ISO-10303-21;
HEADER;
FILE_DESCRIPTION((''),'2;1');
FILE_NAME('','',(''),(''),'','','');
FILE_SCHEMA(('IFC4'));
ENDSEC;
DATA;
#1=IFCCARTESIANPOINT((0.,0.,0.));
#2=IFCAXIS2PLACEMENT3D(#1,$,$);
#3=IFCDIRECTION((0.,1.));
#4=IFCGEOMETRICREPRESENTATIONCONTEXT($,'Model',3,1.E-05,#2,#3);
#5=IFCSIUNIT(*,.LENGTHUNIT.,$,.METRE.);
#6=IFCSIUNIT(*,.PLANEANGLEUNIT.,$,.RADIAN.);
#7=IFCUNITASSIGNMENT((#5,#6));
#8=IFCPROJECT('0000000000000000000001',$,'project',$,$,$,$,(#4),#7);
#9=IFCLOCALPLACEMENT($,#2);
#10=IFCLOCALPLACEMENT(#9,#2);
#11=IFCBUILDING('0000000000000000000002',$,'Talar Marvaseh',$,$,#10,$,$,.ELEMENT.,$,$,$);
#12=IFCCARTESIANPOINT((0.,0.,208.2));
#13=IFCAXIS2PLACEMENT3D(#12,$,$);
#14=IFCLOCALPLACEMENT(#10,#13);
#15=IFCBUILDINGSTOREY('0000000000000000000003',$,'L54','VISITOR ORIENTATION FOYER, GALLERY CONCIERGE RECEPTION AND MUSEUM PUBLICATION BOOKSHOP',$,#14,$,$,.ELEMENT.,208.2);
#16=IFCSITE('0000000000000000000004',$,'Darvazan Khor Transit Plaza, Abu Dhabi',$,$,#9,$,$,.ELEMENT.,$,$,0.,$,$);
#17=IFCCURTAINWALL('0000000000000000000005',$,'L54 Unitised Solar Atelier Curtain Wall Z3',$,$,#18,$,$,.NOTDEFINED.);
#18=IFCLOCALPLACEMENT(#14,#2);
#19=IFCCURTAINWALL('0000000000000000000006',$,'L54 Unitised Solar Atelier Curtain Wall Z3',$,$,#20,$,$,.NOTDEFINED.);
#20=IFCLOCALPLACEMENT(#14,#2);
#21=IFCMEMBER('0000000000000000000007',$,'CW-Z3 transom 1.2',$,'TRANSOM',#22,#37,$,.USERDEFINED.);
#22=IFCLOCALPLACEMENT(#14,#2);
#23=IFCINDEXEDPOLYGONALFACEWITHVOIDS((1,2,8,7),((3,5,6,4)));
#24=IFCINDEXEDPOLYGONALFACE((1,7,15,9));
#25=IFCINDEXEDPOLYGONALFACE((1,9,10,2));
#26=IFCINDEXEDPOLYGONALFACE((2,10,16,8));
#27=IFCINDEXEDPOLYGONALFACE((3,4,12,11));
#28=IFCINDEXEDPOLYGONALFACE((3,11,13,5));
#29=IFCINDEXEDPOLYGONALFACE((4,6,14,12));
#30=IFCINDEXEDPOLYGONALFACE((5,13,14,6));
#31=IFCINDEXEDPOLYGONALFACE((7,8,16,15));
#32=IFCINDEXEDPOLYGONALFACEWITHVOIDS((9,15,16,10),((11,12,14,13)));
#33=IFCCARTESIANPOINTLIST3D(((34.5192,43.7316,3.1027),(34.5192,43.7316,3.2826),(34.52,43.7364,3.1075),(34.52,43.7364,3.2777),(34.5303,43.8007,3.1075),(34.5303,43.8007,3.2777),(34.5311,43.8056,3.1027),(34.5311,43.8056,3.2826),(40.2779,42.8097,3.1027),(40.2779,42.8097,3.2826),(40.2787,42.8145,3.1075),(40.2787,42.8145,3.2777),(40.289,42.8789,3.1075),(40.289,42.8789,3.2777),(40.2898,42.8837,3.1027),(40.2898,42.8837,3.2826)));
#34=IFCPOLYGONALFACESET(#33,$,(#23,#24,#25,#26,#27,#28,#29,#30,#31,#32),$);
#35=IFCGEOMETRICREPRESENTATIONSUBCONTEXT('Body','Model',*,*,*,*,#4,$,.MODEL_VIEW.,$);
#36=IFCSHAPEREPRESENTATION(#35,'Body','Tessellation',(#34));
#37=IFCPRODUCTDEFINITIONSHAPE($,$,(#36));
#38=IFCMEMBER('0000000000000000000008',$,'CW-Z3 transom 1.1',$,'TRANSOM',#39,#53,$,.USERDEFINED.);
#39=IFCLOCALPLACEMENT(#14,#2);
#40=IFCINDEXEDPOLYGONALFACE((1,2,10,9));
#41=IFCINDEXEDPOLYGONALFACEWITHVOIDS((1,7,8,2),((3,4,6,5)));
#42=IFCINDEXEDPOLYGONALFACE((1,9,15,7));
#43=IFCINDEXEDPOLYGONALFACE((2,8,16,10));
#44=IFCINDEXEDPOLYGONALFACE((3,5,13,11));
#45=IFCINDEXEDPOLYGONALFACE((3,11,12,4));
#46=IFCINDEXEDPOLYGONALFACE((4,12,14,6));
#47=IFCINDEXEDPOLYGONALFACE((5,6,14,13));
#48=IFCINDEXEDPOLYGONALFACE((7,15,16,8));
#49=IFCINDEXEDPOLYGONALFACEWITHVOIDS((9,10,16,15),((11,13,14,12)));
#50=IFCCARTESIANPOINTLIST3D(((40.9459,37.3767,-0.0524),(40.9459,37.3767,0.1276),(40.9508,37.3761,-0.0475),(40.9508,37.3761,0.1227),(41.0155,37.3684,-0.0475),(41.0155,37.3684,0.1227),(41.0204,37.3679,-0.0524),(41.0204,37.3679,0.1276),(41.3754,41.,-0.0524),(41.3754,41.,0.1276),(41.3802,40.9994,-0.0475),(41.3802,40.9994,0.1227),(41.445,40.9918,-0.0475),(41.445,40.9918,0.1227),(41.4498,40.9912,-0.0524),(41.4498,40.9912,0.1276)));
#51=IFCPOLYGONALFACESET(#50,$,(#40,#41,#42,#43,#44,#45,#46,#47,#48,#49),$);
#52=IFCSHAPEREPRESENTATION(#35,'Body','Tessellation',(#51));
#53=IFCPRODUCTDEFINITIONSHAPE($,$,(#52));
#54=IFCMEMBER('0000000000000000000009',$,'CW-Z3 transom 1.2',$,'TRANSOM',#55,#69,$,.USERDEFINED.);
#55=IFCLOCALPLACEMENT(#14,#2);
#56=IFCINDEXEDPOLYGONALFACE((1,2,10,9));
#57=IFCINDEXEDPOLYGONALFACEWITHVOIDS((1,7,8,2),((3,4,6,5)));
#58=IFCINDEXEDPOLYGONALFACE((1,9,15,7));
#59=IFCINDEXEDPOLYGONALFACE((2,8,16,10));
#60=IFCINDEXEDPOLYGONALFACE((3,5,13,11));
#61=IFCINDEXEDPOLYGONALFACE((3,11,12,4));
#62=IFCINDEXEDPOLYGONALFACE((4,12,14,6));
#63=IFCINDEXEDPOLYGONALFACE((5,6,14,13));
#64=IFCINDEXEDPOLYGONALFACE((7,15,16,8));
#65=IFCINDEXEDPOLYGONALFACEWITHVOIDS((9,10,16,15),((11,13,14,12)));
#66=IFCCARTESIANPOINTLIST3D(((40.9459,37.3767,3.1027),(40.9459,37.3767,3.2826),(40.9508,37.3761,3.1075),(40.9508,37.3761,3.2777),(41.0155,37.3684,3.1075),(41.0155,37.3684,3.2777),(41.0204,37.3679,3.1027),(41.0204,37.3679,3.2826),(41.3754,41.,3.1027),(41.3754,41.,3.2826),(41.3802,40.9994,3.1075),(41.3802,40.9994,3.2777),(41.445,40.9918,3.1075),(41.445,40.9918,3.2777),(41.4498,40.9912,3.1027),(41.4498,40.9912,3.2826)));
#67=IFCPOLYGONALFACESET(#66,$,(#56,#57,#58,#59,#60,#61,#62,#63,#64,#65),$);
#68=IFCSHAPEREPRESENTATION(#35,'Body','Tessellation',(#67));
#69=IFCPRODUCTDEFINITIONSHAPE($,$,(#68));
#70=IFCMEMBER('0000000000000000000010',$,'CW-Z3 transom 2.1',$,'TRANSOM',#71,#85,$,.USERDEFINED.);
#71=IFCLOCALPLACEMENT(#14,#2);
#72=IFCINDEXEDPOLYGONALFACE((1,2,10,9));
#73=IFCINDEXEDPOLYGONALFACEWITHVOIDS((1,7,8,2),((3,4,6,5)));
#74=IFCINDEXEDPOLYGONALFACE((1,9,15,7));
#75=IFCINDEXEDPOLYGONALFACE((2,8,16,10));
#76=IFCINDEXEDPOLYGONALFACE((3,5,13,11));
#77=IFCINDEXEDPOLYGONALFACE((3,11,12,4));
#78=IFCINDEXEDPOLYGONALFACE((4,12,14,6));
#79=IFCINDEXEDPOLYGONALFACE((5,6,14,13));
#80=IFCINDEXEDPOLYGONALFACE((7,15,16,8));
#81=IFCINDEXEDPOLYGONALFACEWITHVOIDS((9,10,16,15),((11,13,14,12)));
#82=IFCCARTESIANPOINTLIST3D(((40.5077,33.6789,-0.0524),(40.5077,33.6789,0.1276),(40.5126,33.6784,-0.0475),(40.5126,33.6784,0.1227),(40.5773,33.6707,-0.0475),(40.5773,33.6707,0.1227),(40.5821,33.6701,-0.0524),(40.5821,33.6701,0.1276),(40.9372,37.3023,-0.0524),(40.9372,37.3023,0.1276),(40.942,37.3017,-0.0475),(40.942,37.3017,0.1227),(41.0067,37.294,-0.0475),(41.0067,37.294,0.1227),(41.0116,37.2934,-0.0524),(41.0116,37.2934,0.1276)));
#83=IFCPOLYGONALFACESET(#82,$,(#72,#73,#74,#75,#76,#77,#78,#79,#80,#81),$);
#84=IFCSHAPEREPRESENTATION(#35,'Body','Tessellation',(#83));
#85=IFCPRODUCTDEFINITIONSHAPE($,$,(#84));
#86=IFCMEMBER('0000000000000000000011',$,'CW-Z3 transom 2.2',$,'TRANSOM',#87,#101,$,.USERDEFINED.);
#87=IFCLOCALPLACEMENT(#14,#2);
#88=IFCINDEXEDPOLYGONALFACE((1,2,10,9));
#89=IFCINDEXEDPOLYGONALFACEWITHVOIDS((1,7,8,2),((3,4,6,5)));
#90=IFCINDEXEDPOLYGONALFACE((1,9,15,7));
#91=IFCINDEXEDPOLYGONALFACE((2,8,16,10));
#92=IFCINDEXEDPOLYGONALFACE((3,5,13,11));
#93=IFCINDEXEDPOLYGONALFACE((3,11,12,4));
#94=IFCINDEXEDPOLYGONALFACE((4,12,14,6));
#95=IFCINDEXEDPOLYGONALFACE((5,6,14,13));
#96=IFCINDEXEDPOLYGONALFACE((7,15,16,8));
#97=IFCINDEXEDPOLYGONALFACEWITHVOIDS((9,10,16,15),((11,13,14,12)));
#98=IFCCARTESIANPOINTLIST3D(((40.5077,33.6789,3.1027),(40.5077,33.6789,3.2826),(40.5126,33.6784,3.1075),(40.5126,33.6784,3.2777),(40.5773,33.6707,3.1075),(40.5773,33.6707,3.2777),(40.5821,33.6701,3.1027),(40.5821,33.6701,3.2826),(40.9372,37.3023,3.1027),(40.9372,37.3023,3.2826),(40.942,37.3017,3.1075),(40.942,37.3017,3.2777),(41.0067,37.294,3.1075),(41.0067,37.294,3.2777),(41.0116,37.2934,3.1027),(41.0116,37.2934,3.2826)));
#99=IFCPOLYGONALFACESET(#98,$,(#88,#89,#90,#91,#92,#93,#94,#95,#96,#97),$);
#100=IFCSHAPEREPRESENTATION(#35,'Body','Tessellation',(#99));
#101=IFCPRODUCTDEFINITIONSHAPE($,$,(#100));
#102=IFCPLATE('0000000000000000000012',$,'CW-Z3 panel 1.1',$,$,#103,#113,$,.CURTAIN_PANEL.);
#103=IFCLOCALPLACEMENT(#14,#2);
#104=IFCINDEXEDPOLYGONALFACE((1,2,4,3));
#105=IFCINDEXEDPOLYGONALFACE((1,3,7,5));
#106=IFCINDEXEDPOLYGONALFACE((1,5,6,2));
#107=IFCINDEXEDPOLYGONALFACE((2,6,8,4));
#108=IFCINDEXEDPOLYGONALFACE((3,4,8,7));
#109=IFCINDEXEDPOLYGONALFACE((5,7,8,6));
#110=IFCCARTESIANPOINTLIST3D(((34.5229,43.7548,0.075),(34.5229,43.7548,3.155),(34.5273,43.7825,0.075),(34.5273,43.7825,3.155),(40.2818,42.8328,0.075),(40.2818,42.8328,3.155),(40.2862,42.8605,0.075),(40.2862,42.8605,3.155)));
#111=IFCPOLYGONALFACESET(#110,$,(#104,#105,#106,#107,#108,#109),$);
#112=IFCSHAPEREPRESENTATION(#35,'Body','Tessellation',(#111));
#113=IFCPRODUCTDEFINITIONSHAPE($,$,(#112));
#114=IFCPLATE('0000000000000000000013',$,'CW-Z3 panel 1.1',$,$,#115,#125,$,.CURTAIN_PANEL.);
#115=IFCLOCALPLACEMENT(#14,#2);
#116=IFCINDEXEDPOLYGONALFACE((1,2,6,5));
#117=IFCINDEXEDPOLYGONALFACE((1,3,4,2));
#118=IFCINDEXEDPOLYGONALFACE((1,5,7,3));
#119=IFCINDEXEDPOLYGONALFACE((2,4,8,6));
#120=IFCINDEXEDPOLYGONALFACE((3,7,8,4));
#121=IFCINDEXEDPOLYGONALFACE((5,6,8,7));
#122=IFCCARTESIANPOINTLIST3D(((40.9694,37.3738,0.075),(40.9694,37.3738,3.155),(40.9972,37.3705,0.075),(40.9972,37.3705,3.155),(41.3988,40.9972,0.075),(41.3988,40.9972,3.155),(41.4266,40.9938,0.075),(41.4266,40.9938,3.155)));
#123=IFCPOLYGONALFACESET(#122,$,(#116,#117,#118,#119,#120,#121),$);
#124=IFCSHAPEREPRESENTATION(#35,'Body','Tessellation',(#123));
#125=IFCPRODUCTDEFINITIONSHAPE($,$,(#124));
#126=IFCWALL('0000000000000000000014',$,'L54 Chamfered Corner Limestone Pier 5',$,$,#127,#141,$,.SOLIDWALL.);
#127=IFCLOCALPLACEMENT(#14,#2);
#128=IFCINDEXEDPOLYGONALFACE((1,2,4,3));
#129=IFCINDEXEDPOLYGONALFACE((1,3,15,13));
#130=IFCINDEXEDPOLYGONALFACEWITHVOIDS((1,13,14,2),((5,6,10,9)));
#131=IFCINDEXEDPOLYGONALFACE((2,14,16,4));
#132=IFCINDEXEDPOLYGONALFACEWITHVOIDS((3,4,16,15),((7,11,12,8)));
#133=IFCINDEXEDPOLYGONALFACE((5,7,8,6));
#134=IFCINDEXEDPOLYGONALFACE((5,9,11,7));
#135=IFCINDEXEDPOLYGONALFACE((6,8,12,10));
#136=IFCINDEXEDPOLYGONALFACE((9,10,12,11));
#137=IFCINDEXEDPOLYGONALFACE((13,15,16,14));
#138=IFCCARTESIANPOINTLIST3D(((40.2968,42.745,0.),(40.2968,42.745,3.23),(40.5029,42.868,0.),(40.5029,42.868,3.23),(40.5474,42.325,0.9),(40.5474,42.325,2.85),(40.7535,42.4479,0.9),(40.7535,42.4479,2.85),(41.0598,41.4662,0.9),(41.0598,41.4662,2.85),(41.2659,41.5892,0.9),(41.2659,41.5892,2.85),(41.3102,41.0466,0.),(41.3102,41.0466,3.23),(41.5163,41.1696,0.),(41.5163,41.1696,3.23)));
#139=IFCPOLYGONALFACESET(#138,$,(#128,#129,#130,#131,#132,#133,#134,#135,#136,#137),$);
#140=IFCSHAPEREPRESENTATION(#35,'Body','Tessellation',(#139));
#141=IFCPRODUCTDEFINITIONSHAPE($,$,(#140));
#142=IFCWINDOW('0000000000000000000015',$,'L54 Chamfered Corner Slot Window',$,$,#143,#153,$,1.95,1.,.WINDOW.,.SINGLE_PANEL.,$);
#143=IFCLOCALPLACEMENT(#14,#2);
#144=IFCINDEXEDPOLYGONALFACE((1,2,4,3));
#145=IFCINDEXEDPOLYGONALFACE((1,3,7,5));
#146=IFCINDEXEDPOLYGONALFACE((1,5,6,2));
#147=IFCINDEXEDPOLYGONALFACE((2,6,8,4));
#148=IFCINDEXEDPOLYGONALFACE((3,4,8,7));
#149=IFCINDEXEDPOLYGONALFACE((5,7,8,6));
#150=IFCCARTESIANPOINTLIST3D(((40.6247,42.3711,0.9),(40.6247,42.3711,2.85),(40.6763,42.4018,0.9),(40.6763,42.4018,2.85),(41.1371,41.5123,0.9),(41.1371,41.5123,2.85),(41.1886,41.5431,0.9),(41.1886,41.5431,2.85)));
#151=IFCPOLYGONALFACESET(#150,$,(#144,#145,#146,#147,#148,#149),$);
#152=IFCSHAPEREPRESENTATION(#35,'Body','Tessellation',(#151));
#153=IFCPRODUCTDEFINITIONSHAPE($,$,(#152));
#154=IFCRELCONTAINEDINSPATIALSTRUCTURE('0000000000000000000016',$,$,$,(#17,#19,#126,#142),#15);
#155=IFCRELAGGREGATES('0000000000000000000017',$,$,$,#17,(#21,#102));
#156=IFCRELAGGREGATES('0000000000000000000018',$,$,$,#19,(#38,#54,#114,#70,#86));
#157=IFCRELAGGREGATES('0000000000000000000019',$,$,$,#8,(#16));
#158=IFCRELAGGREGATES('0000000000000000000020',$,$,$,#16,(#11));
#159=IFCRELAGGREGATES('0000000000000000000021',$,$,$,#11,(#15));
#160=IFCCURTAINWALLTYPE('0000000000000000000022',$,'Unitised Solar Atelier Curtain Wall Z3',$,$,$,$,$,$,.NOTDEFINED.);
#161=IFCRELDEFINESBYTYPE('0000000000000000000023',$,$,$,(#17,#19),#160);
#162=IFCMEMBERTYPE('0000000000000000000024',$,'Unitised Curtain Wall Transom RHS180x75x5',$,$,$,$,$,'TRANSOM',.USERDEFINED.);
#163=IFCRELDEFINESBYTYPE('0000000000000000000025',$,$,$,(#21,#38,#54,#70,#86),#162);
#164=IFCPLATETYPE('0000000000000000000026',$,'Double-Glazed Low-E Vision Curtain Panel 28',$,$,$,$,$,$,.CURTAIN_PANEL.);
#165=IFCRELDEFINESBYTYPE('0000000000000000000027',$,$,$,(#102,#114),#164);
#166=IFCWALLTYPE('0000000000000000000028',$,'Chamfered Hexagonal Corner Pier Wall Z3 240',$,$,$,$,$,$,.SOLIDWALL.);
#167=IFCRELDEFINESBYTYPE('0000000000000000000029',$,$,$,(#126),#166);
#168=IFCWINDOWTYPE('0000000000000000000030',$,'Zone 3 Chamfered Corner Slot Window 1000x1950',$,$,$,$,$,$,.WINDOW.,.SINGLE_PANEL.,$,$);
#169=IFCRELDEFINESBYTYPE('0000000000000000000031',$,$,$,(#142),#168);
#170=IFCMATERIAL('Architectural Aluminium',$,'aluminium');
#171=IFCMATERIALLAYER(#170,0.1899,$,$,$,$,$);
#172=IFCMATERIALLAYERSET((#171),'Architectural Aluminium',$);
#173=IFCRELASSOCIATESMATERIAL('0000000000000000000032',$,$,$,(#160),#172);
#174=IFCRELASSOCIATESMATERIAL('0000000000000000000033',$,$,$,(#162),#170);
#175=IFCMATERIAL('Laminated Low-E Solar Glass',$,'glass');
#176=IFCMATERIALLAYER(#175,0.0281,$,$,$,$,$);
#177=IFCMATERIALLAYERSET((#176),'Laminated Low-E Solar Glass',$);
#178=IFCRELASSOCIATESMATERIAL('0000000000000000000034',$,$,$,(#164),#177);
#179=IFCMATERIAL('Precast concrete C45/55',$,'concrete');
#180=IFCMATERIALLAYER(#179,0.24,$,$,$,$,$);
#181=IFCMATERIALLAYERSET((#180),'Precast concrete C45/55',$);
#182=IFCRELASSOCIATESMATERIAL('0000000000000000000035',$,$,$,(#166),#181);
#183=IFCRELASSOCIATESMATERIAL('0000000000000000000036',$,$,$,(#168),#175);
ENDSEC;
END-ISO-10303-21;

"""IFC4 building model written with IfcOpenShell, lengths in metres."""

from ifc_helpers import new_model, si_unit, direction, frame, frame_2d, origin, origin_2d, place, context, subcontext, project, spatial, rectangle, hollow_rectangle, extrude, source, transform, mapped, material, layer, layer_set, material_profile, profile_set, type_object, type_shapes, element, fill, aggregate, save


model = new_model("IFC4")

# Units and contexts
model_context = context("Model", 3, precision=1e-05, world=origin(), true_north=direction((0.0, 1.0)))
body_context = subcontext(model_context, "Body", "Model", "MODEL_VIEW")
ifc_project = project(units=[si_unit("LENGTHUNIT", "METRE"), si_unit("PLANEANGLEUNIT", "RADIAN")], contexts=[model_context])

# Site, building, storey
site_placement = place(None, origin())
site = spatial("IfcSite", under=ifc_project, at=site_placement, Name="Darvazan Khor Transit Plaza, Abu Dhabi", CompositionType="ELEMENT", RefElevation=0.0)
building_placement = place(site_placement, origin())
building = spatial("IfcBuilding", under=site, at=building_placement, Name="Talar Marvaseh", CompositionType="ELEMENT")
storey_placement = place(building_placement, frame((0.0, 0.0, 208.2)))
storey = spatial("IfcBuildingStorey", under=building, at=storey_placement, Name="L54", Description="VISITOR ORIENTATION FOYER, GALLERY CONCIERGE RECEPTION AND MUSEUM PUBLICATION BOOKSHOP", CompositionType="ELEMENT", Elevation=208.2)

# Curtain wall
ifc_material_1 = material(Name="Architectural Aluminium", Category="aluminium")
ifc_layer_1 = layer(ifc_material_1, 0.1899)
ifc_layer_set_1 = layer_set([ifc_layer_1], Name="Architectural Aluminium")
curtain_wall_type = type_object("IfcCurtainWallType", Name="Unitised Solar Atelier Curtain Wall Z3", PredefinedType="NOTDEFINED", material=ifc_layer_set_1)
curtain_wall_1_placement = place(storey_placement, origin())
curtain_wall_1 = element("IfcCurtainWall", 1, at=curtain_wall_1_placement, inside=storey, type_object=curtain_wall_type, Name="L54 Unitised Solar Atelier Curtain Wall Z3", PredefinedType="NOTDEFINED")

# Curtain wall
curtain_wall_2_placement = place(storey_placement, origin())
curtain_wall_2 = element("IfcCurtainWall", 2, at=curtain_wall_2_placement, inside=storey, type_object=curtain_wall_type, Name="L54 Unitised Solar Atelier Curtain Wall Z3", PredefinedType="NOTDEFINED")

# Members
ifc_material_profile_1 = material_profile(ifc_material_1, hollow_rectangle(XDim=0.075, YDim=0.1799, WallThickness=0.0049, at=origin_2d()), Name="RHS180x75x5")
ifc_profile_set_1 = profile_set([ifc_material_profile_1], Name="Architectural Aluminium")
member_type_1 = type_object("IfcMemberType", Name="Unitised Curtain Wall Transom RHS180x75x5", ElementType="TRANSOM", PredefinedType="USERDEFINED", material=ifc_profile_set_1)
shared_shape_1 = source(origin(), body_context, "Body", "SweptSolid", [
    extrude(hollow_rectangle(XDim=0.075, YDim=0.1799, WallThickness=0.0049, at=origin_2d()), origin(), (0.0, 0.0, 1.0), 5.832),
])
member_1_placement = place(storey_placement, frame((34.5251, 43.7686, 3.1926), z_axis=(0.987428, -0.158069, 0.0), x_axis=(0.158069, 0.987428, 0.0)))
member_1 = element("IfcMember", 3, at=member_1_placement, type_object=member_type_1, Name="CW-Z3 transom 1.2", ObjectType="TRANSOM", PredefinedType="USERDEFINED", context=body_context, shape_type="MappedRepresentation", body=[
    mapped(shared_shape_1, transform((0.0, 0.0, 0.0), x_axis=(1.0, 0.0, 0.0), y_axis=(0.0, 1.0, 0.0), z_axis=(0.0, 0.0, 1.0), scale=1.0)),
])
shared_shape_2 = source(origin(), body_context, "Body", "SweptSolid", [
    extrude(hollow_rectangle(XDim=0.075, YDim=0.1799, WallThickness=0.0049, at=origin_2d()), origin(), (0.0, 0.0, 1.0), 3.6487),
])
type_shapes(member_type_1, [shared_shape_1, shared_shape_2])
member_2_placement = place(storey_placement, frame((41.4126, 40.9956, 0.0376), z_axis=(-0.117699, -0.993049, 0.0), x_axis=(0.993049, -0.117699, 0.0)))
member_2 = element("IfcMember", 4, at=member_2_placement, type_object=member_type_1, Name="CW-Z3 transom 1.1", ObjectType="TRANSOM", PredefinedType="USERDEFINED", context=body_context, shape_type="MappedRepresentation", body=[
    mapped(shared_shape_2, transform((0.0, 0.0, 0.0), x_axis=(1.0, 0.0, 0.0), y_axis=(0.0, 1.0, 0.0), z_axis=(0.0, 0.0, 1.0), scale=1.0)),
])
member_3_placement = place(storey_placement, frame((41.4126, 40.9956, 3.1926), z_axis=(-0.117699, -0.993049, 0.0), x_axis=(0.993049, -0.117699, 0.0)))
member_3 = element("IfcMember", 5, at=member_3_placement, type_object=member_type_1, Name="CW-Z3 transom 1.2", ObjectType="TRANSOM", PredefinedType="USERDEFINED", context=body_context, shape_type="MappedRepresentation", body=[
    mapped(shared_shape_2, transform((0.0, 0.0, 0.0), x_axis=(1.0, 0.0, 0.0), y_axis=(0.0, 1.0, 0.0), z_axis=(0.0, 0.0, 1.0), scale=1.0)),
])
member_4_placement = place(storey_placement, frame((40.9744, 37.2979, 0.0376), z_axis=(-0.117699, -0.993049, 0.0), x_axis=(0.993049, -0.117699, 0.0)))
member_4 = element("IfcMember", 6, at=member_4_placement, type_object=member_type_1, Name="CW-Z3 transom 2.1", ObjectType="TRANSOM", PredefinedType="USERDEFINED", context=body_context, shape_type="MappedRepresentation", body=[
    mapped(shared_shape_2, transform((0.0, 0.0, 0.0), x_axis=(1.0, 0.0, 0.0), y_axis=(0.0, 1.0, 0.0), z_axis=(0.0, 0.0, 1.0), scale=1.0)),
])
member_5_placement = place(storey_placement, frame((40.9744, 37.2979, 3.1926), z_axis=(-0.117699, -0.993049, 0.0), x_axis=(0.993049, -0.117699, 0.0)))
member_5 = element("IfcMember", 7, at=member_5_placement, type_object=member_type_1, Name="CW-Z3 transom 2.2", ObjectType="TRANSOM", PredefinedType="USERDEFINED", context=body_context, shape_type="MappedRepresentation", body=[
    mapped(shared_shape_2, transform((0.0, 0.0, 0.0), x_axis=(1.0, 0.0, 0.0), y_axis=(0.0, 1.0, 0.0), z_axis=(0.0, 0.0, 1.0), scale=1.0)),
])

# Plates
ifc_material_2 = material(Name="Laminated Low-E Solar Glass", Category="glass")
ifc_layer_2 = layer(ifc_material_2, 0.0281)
ifc_layer_set_2 = layer_set([ifc_layer_2], Name="Laminated Low-E Solar Glass")
plate_type = type_object("IfcPlateType", Name="Double-Glazed Low-E Vision Curtain Panel 28", PredefinedType="CURTAIN_PANEL", material=ifc_layer_set_2)
shared_shape_3 = source(origin(), body_context, "Body", "SweptSolid", [
    extrude(rectangle(XDim=5.8323, YDim=0.0281, at=origin_2d()), origin(), (0.0, 0.0, 1.0), 3.0801),
])
plate_1_placement = place(storey_placement, frame((37.4045, 43.3076, 0.075), z_axis=(0.0, 0.0, 1.0), x_axis=(0.987426, -0.158085, 0.0)))
plate_1 = element("IfcPlate", 8, at=plate_1_placement, type_object=plate_type, Name="CW-Z3 panel 1.1", PredefinedType="CURTAIN_PANEL", context=body_context, shape_type="MappedRepresentation", body=[
    mapped(shared_shape_3, transform((0.0, 0.0, 0.0), x_axis=(1.0, 0.0, 0.0), y_axis=(0.0, 1.0, 0.0), z_axis=(0.0, 0.0, 1.0), scale=1.0)),
])
aggregate(curtain_wall_1, [member_1, plate_1])
shared_shape_4 = source(origin(), body_context, "Body", "SweptSolid", [
    extrude(rectangle(XDim=3.6487, YDim=0.0281, at=origin_2d()), origin(), (0.0, 0.0, 1.0), 3.0801),
])
type_shapes(plate_type, [shared_shape_3, shared_shape_4])
plate_2_placement = place(storey_placement, frame((41.198, 39.1838, 0.075), z_axis=(0.0, 0.0, 1.0), x_axis=(-0.117689, -0.993051, 0.0)))
plate_2 = element("IfcPlate", 9, at=plate_2_placement, type_object=plate_type, Name="CW-Z3 panel 1.1", PredefinedType="CURTAIN_PANEL", context=body_context, shape_type="MappedRepresentation", body=[
    mapped(shared_shape_4, transform((0.0, 0.0, 0.0), x_axis=(1.0, 0.0, 0.0), y_axis=(0.0, 1.0, 0.0), z_axis=(0.0, 0.0, 1.0), scale=1.0)),
])
aggregate(curtain_wall_2, [member_2, member_3, plate_2, member_4, member_5])

# Wall, opening, window
ifc_material_3 = material(Name="Precast concrete C45/55", Category="concrete")
ifc_layer_3 = layer(ifc_material_3, 0.24)
ifc_layer_set_3 = layer_set([ifc_layer_3], Name="Precast concrete C45/55")
wall_type_1 = type_object("IfcWallType", Name="Chamfered Hexagonal Corner Pier Wall Z3 240", PredefinedType="SOLIDWALL", material=ifc_layer_set_3)
wall_1_placement = place(storey_placement, frame((40.3999, 42.8064, 0.0), z_axis=(0.0, 0.0, 1.0), x_axis=(0.512389, -0.858754, 0.0)))
wall_1 = element("IfcWall", 10, at=wall_1_placement, inside=storey, type_object=wall_type_1, Name="L54 Chamfered Corner Limestone Pier 5", PredefinedType="SOLIDWALL", context=body_context, shape_type="SweptSolid", body=[
    extrude(rectangle(XDim=1.9778, YDim=0.24, at=frame_2d((0.9888, 0.0))), origin(), (0.0, 0.0, 1.0), 3.23),
])
opening_1_placement = place(wall_1_placement, frame((0.489, 0.0, 0.8999)))
opening_1 = element("IfcOpeningElement", 11, at=opening_1_placement, cuts=wall_1, PredefinedType="OPENING", context=body_context, shape_type="SweptSolid", body=[
    extrude(rectangle(XDim=1.0, YDim=1.95, at=frame_2d((0.5, 0.9751))), frame((0.0, 0.1299, 0.0), z_axis=(0.0, -1.0, 0.0), x_axis=(1.0, 0.0, 0.0)), (0.0, 0.0, 1.0), 0.26),
])
window_type = type_object("IfcWindowType", Name="Zone 3 Chamfered Corner Slot Window 1000x1950", PartitioningType="SINGLE_PANEL", PredefinedType="WINDOW", material=ifc_material_2)
shared_shape_5 = source(origin(), body_context, "Body", "SweptSolid", [
    extrude(rectangle(XDim=1.0, YDim=1.95, at=frame_2d((0.5, 0.9751))), frame((0.0, 0.03, 0.0), z_axis=(0.0, -1.0, 0.0), x_axis=(1.0, 0.0, 0.0)), (0.0, 0.0, 1.0), 0.0601),
])
type_shapes(window_type, [shared_shape_5])
window_placement = place(opening_1_placement, origin())
window = element("IfcWindow", 12, at=window_placement, inside=storey, type_object=window_type, Name="L54 Chamfered Corner Slot Window", OverallHeight=1.95, OverallWidth=1.0, PartitioningType="SINGLE_PANEL", PredefinedType="WINDOW", context=body_context, shape_type="MappedRepresentation", body=[
    mapped(shared_shape_5, transform((0.0, 0.0, 0.0), x_axis=(1.0, 0.0, 0.0), y_axis=(0.0, 1.0, 0.0), z_axis=(0.0, 0.0, 1.0), scale=1.0)),
])
fill(opening_1, window)

save(model, "model.ifc")
